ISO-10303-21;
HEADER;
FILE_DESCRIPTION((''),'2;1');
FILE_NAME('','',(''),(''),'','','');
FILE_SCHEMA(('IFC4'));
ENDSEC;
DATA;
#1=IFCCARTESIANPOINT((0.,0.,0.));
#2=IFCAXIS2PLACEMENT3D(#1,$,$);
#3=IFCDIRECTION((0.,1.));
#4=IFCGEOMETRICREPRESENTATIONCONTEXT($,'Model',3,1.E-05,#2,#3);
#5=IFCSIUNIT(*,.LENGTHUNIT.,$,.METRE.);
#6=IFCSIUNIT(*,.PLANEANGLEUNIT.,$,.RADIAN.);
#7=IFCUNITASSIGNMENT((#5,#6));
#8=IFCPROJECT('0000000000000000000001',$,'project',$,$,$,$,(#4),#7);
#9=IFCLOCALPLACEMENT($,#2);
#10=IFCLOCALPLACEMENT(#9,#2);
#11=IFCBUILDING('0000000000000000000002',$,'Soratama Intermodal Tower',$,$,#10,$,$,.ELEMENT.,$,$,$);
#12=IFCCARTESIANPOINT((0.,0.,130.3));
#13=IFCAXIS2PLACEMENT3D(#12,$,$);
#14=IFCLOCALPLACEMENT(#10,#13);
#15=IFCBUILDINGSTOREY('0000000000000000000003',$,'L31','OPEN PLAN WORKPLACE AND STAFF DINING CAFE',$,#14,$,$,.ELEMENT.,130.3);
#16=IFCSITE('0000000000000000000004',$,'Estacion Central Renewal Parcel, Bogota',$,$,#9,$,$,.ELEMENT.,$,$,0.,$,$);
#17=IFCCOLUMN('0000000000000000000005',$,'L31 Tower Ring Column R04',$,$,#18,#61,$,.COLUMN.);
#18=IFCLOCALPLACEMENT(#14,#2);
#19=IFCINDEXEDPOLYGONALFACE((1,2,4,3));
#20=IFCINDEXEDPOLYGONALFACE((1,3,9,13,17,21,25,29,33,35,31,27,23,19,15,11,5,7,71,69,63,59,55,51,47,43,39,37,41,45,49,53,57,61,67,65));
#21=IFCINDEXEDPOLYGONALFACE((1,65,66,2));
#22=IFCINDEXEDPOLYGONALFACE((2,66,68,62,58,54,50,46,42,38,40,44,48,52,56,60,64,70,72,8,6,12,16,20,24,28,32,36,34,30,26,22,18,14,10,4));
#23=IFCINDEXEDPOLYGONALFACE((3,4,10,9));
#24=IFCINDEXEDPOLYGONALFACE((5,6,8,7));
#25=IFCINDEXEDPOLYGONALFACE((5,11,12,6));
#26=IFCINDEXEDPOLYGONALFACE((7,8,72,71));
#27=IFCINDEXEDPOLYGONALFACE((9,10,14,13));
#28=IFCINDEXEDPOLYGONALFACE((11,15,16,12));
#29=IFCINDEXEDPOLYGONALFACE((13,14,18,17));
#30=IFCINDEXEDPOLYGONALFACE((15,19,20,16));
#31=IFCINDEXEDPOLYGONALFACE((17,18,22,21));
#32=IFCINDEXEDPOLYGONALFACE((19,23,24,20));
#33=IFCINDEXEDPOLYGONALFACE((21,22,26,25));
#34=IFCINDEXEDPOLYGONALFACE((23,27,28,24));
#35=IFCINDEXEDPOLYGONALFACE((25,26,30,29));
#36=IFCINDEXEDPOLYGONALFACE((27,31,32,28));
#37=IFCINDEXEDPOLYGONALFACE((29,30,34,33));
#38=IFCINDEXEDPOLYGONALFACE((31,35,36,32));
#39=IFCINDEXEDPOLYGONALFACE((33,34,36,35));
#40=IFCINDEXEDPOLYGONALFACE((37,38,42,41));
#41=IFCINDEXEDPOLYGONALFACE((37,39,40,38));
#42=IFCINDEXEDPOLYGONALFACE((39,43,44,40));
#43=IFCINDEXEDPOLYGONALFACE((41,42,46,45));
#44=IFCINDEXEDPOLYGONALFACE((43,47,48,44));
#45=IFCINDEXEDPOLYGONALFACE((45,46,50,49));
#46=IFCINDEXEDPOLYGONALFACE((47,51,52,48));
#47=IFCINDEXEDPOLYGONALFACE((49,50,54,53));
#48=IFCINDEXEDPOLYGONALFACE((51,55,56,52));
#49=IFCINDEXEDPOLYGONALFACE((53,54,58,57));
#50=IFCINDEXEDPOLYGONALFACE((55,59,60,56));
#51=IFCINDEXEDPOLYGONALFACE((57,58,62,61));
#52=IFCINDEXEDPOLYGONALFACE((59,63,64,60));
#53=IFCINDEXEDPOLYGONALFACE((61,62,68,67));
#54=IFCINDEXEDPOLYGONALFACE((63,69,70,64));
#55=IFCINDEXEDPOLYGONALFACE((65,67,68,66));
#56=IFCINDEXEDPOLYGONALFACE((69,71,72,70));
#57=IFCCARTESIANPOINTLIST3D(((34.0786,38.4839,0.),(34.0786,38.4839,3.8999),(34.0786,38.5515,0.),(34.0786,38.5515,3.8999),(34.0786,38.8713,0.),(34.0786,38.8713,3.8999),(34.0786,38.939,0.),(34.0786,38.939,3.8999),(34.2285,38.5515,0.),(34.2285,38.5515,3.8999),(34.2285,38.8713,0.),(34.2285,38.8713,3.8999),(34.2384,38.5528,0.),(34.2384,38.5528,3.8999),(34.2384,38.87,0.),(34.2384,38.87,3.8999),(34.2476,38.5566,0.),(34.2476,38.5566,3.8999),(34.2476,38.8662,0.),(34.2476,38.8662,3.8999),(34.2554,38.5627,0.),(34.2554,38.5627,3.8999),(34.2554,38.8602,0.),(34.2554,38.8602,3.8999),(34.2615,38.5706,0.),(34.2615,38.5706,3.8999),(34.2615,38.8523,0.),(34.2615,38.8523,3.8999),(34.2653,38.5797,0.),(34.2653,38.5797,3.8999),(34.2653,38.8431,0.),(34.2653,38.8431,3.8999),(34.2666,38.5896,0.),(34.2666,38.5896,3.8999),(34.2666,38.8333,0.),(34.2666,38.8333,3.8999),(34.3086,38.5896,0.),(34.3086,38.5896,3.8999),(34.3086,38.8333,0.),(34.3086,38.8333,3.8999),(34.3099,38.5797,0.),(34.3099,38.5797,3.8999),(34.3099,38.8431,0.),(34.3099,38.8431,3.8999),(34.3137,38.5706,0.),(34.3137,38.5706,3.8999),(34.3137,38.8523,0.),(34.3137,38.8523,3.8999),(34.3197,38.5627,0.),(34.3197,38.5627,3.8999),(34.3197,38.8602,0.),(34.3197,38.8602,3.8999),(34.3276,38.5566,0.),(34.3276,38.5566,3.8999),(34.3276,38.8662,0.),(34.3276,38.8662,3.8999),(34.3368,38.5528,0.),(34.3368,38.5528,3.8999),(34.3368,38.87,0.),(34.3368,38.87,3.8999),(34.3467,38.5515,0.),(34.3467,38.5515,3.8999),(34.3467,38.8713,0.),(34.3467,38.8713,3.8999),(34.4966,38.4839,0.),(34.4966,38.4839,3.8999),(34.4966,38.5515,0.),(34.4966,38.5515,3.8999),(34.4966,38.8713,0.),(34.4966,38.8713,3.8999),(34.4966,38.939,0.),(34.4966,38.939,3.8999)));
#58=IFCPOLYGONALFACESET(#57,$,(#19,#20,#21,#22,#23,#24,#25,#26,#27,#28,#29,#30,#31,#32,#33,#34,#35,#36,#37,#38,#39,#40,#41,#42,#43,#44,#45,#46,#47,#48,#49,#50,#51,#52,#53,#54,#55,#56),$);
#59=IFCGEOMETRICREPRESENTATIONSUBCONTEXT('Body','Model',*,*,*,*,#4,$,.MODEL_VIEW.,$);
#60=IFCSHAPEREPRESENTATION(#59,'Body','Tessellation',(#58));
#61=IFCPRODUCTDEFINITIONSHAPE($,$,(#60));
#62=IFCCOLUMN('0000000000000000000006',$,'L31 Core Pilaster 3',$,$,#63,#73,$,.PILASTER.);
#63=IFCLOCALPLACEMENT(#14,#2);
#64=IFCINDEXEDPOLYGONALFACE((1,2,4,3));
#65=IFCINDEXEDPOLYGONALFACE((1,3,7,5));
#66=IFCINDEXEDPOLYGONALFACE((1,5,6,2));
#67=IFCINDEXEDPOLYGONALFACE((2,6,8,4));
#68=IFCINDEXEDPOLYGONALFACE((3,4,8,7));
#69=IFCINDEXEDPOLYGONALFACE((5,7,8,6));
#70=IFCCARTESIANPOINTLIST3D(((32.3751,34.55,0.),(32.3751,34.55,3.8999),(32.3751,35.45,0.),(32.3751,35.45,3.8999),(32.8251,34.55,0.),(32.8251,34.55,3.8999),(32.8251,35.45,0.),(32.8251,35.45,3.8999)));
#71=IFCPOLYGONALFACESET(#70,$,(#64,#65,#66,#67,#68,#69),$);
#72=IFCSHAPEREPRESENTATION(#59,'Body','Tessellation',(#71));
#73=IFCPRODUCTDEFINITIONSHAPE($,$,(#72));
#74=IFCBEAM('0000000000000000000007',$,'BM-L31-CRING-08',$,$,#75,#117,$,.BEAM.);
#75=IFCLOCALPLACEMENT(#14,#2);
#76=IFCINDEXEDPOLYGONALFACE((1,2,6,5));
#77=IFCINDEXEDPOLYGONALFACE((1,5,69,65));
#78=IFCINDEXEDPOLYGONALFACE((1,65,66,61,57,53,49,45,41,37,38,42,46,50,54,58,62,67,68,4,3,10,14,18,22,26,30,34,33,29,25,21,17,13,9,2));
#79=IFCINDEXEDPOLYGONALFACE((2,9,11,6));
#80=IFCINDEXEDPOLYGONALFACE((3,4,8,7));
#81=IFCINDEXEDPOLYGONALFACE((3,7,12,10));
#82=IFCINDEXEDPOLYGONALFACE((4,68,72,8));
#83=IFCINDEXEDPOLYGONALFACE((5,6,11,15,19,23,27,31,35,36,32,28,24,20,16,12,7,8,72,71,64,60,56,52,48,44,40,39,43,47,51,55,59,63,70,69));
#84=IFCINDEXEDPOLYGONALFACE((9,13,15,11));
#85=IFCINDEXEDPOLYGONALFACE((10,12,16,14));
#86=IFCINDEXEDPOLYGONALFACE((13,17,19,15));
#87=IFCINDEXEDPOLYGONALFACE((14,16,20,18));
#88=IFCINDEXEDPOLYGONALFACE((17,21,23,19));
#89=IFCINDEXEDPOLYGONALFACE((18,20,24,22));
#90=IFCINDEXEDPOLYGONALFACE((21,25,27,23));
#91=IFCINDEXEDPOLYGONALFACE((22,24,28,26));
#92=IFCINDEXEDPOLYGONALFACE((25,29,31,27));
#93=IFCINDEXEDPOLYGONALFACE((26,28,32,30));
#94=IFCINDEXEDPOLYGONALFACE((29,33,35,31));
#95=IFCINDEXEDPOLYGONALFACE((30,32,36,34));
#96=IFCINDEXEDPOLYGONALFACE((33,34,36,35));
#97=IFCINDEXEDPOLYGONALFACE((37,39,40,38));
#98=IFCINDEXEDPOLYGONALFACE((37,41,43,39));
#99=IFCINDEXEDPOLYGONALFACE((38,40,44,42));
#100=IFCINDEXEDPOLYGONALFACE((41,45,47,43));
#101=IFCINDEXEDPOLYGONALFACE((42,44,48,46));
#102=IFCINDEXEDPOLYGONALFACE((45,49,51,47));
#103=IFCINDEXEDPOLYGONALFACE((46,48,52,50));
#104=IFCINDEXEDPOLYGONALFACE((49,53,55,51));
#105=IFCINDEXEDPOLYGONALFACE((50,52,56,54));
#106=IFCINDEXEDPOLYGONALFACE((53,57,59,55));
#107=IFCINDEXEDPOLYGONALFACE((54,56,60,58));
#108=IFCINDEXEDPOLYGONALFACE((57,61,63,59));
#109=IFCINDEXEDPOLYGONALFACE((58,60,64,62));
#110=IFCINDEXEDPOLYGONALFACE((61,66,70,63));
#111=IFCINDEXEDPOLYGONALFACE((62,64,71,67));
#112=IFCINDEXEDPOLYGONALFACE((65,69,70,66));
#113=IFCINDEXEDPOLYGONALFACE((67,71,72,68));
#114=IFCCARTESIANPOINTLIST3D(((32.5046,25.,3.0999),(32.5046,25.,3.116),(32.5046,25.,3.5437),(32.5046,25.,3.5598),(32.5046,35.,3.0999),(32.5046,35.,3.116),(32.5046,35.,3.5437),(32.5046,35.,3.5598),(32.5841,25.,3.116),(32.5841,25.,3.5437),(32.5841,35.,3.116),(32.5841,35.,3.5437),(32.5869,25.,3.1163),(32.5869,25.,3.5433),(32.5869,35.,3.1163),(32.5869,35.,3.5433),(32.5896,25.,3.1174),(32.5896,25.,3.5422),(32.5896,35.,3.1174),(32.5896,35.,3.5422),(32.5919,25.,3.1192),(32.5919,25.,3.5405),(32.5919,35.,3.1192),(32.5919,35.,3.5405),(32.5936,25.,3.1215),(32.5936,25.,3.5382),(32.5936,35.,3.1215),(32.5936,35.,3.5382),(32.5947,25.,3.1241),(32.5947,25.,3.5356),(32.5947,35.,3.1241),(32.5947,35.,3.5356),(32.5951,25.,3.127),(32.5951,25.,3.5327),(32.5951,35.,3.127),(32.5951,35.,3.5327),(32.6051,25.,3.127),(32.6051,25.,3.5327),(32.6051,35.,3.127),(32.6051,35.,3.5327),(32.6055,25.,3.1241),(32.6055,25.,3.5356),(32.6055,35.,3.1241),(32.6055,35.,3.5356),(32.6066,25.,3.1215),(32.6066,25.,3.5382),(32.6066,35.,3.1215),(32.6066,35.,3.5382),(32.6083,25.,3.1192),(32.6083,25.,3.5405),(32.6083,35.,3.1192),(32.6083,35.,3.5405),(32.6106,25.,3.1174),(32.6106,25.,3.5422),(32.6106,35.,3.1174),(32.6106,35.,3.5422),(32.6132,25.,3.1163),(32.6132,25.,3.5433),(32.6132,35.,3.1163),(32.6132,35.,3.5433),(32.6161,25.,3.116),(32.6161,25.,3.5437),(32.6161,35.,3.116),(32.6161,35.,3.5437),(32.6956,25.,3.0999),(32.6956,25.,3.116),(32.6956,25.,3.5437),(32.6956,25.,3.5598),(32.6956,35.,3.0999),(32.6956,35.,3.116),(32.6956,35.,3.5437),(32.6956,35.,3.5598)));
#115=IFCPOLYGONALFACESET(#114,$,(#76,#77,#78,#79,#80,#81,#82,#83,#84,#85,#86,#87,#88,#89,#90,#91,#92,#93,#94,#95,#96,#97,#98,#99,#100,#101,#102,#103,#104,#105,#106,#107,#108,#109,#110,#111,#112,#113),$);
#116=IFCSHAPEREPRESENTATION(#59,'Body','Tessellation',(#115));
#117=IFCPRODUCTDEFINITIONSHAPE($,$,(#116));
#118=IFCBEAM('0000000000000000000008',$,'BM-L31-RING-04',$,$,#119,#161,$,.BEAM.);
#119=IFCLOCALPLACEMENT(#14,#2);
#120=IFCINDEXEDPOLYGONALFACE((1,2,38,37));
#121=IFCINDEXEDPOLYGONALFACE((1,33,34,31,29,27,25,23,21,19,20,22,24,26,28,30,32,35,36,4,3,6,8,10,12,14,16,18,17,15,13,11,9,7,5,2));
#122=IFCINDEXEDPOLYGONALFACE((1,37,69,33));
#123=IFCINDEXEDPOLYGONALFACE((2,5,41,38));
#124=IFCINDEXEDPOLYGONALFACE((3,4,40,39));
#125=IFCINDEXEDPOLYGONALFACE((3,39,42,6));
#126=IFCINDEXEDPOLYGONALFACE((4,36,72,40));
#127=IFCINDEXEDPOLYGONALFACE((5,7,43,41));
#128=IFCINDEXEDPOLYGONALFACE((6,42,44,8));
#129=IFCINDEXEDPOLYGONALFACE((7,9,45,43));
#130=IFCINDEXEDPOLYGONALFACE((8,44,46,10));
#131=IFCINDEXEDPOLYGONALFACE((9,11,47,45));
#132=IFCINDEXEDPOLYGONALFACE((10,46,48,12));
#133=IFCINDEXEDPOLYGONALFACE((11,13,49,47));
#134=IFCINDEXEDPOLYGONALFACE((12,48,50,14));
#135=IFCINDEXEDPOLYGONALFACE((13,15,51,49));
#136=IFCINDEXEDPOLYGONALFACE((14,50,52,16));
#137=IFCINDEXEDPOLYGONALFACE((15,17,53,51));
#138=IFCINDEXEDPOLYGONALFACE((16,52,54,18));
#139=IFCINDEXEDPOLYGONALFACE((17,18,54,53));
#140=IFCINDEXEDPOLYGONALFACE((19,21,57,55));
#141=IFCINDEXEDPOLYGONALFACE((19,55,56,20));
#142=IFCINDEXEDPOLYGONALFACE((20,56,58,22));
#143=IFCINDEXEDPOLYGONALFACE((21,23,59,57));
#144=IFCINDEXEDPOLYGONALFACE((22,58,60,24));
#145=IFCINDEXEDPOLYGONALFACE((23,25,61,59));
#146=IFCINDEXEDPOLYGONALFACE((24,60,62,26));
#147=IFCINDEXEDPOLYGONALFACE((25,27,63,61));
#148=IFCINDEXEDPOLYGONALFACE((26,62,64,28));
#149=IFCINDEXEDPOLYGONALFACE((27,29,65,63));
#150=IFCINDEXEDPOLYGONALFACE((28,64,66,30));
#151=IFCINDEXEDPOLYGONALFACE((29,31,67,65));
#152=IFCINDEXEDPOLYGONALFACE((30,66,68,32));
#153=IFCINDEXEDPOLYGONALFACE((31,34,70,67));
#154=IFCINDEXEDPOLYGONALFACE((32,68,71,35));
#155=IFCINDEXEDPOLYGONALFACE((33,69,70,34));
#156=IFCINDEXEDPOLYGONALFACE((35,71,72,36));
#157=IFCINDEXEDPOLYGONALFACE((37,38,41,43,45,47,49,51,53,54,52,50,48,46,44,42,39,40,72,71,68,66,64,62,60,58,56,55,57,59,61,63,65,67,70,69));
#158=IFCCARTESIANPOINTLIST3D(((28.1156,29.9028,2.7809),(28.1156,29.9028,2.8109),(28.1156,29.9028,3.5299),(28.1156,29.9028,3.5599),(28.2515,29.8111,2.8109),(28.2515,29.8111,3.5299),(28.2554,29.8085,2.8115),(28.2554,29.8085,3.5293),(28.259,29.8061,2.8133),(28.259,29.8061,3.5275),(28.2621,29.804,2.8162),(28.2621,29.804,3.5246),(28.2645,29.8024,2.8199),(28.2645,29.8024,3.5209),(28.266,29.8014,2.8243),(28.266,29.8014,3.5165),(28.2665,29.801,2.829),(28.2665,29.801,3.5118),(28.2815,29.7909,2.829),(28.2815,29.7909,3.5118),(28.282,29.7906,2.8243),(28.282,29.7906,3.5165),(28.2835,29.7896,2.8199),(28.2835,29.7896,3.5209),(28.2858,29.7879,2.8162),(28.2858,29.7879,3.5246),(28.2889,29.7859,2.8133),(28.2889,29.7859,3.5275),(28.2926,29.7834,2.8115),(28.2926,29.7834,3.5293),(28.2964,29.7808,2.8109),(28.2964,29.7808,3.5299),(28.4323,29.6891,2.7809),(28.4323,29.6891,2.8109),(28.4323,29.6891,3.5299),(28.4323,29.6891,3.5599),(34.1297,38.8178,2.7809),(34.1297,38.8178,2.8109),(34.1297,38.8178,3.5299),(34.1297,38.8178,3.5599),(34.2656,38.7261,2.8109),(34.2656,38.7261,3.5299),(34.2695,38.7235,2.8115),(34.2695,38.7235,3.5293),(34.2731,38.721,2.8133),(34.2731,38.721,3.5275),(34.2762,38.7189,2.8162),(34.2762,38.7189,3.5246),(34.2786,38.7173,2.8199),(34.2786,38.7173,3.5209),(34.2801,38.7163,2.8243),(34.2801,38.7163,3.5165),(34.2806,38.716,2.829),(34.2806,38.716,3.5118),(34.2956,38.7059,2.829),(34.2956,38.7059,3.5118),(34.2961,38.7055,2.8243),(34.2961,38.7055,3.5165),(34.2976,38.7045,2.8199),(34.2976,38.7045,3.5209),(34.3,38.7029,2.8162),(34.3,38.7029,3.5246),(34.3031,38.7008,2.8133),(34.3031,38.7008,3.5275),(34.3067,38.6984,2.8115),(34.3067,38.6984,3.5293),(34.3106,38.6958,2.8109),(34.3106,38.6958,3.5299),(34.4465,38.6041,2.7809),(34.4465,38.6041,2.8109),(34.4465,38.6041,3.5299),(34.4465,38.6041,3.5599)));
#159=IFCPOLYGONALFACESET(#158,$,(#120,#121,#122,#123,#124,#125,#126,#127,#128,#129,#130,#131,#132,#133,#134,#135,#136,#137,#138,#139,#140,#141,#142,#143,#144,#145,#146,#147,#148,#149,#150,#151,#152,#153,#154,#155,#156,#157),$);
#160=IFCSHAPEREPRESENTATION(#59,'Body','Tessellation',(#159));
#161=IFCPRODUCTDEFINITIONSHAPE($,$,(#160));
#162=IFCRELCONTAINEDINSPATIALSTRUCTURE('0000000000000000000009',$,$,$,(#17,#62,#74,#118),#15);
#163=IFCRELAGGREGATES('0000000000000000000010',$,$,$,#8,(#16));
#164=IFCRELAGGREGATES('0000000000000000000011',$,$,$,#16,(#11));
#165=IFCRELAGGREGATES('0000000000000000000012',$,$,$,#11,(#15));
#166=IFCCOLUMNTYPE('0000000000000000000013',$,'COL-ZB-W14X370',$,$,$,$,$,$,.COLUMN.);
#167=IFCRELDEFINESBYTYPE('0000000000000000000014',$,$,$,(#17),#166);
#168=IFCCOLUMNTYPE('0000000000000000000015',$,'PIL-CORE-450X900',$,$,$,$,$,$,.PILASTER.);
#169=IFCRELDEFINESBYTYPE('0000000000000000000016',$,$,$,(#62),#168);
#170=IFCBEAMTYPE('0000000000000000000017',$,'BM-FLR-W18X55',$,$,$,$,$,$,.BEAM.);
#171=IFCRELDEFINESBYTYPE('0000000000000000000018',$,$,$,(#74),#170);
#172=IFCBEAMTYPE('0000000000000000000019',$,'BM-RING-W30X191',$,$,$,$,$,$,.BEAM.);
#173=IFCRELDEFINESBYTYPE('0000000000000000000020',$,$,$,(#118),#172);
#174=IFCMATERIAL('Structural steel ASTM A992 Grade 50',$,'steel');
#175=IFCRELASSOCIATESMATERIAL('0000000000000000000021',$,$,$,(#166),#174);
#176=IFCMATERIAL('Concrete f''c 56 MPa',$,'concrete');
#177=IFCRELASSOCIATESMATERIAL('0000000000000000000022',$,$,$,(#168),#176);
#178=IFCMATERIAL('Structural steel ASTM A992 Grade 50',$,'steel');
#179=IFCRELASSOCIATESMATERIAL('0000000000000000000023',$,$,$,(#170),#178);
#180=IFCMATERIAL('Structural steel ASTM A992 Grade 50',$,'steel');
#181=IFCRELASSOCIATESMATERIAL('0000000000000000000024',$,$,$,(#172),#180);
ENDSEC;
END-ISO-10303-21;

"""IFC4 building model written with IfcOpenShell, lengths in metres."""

from ifc_helpers import new_model, si_unit, direction, frame, origin, origin_2d, place, context, subcontext, project, spatial, rectangle, i_section, extrude, material, material_profile, profile_set, type_object, element, save


model = new_model("IFC4")

# Units and contexts
model_context = context("Model", 3, precision=1e-05, world=origin(), true_north=direction((0.0, 1.0)))
body_context = subcontext(model_context, "Body", "Model", "MODEL_VIEW")
ifc_project = project(units=[si_unit("LENGTHUNIT", "METRE"), si_unit("PLANEANGLEUNIT", "RADIAN")], contexts=[model_context])

# Site, building, storey
site_placement = place(None, origin())
site = spatial("IfcSite", under=ifc_project, at=site_placement, Name="Estacion Central Renewal Parcel, Bogota", CompositionType="ELEMENT", RefElevation=0.0)
building_placement = place(site_placement, origin())
building = spatial("IfcBuilding", under=site, at=building_placement, Name="Soratama Intermodal Tower", CompositionType="ELEMENT")
storey_placement = place(building_placement, frame((0.0, 0.0, 130.3)))
storey = spatial("IfcBuildingStorey", under=building, at=storey_placement, Name="L31", Description="OPEN PLAN WORKPLACE AND STAFF DINING CAFE", CompositionType="ELEMENT", Elevation=130.3)

# Columns
ifc_material_1 = material(Name="Structural steel ASTM A992 Grade 50", Category="steel")
ifc_material_profile_1 = material_profile(ifc_material_1, i_section(OverallWidth=0.418, OverallDepth=0.4551, WebThickness=0.042, FlangeThickness=0.0676, FilletRadius=0.0381, at=origin_2d()), Name="W14X370")
ifc_profile_set_1 = profile_set([ifc_material_profile_1], Name="Structural steel ASTM A992 Grade 50")
column_type_1 = type_object("IfcColumnType", Name="COL-ZB-W14X370", PredefinedType="COLUMN", material=ifc_profile_set_1)
column_1_placement = place(storey_placement, frame((34.2876, 38.7114, 0.0), z_axis=(0.0, 0.0, 1.0), x_axis=(1.0, 0.0, 0.0)))
element("IfcColumn", 1, at=column_1_placement, inside=storey, type_object=column_type_1, Name="L31 Tower Ring Column R04", PredefinedType="COLUMN", context=body_context, shape_type="SweptSolid", body=[
    extrude(i_section(OverallWidth=0.418, OverallDepth=0.4551, WebThickness=0.042, FlangeThickness=0.0676, FilletRadius=0.0381, at=origin_2d()), origin(), (0.0, 0.0, 1.0), 3.8999),
])
ifc_material_2 = material(Name="Concrete f'c 56 MPa", Category="concrete")
ifc_material_profile_2 = material_profile(ifc_material_2, rectangle(XDim=0.45, YDim=0.8999, at=origin_2d()), Name="RC450X900")
ifc_profile_set_2 = profile_set([ifc_material_profile_2], Name="Concrete f'c 56 MPa")
column_type_2 = type_object("IfcColumnType", Name="PIL-CORE-450X900", PredefinedType="PILASTER", material=ifc_profile_set_2)
column_2_placement = place(storey_placement, frame((32.6001, 35.0, 0.0), z_axis=(0.0, 0.0, 1.0), x_axis=(1.0, 0.0, 0.0)))
element("IfcColumn", 2, at=column_2_placement, inside=storey, type_object=column_type_2, Name="L31 Core Pilaster 3", PredefinedType="PILASTER", context=body_context, shape_type="SweptSolid", body=[
    extrude(rectangle(XDim=0.45, YDim=0.8999, at=origin_2d()), origin(), (0.0, 0.0, 1.0), 3.8999),
])

# Beams
ifc_material_3 = material(Name="Structural steel ASTM A992 Grade 50", Category="steel")
ifc_material_profile_3 = material_profile(ifc_material_3, i_section(OverallWidth=0.1909, OverallDepth=0.46, WebThickness=0.01, FlangeThickness=0.0161, FilletRadius=0.011, at=origin_2d()), Name="W18X55")
ifc_profile_set_3 = profile_set([ifc_material_profile_3], Name="Structural steel ASTM A992 Grade 50")
beam_type_1 = type_object("IfcBeamType", Name="BM-FLR-W18X55", PredefinedType="BEAM", material=ifc_profile_set_3)
beam_1_placement = place(storey_placement, frame((32.6001, 35.0, 3.3298), z_axis=(0.0, -1.0, 0.0), x_axis=(1.0, 0.0, 0.0)))
element("IfcBeam", 3, at=beam_1_placement, inside=storey, type_object=beam_type_1, Name="BM-L31-CRING-08", PredefinedType="BEAM", context=body_context, shape_type="SweptSolid", body=[
    extrude(i_section(OverallWidth=0.1909, OverallDepth=0.46, WebThickness=0.01, FlangeThickness=0.0161, FilletRadius=0.011, at=origin_2d()), origin(), (0.0, 0.0, 1.0), 10.0),
])
ifc_material_4 = material(Name="Structural steel ASTM A992 Grade 50", Category="steel")
ifc_material_profile_4 = material_profile(ifc_material_4, i_section(OverallWidth=0.3821, OverallDepth=0.7791, WebThickness=0.0181, FlangeThickness=0.03, FilletRadius=0.0181, at=origin_2d()), Name="W30X191")
ifc_profile_set_4 = profile_set([ifc_material_profile_4], Name="Structural steel ASTM A992 Grade 50")
beam_type_2 = type_object("IfcBeamType", Name="BM-RING-W30X191", PredefinedType="BEAM", material=ifc_profile_set_4)
beam_2_placement = place(storey_placement, frame((34.2881, 38.7109, 3.1704), z_axis=(-0.55925, -0.828999, 0.0), x_axis=(0.828999, -0.55925, 0.0)))
element("IfcBeam", 4, at=beam_2_placement, inside=storey, type_object=beam_type_2, Name="BM-L31-RING-04", PredefinedType="BEAM", context=body_context, shape_type="SweptSolid", body=[
    extrude(i_section(OverallWidth=0.3821, OverallDepth=0.7791, WebThickness=0.0181, FlangeThickness=0.03, FilletRadius=0.0181, at=origin_2d()), origin(), (0.0, 0.0, 1.0), 10.7539),
])

save(model, "model.ifc")
